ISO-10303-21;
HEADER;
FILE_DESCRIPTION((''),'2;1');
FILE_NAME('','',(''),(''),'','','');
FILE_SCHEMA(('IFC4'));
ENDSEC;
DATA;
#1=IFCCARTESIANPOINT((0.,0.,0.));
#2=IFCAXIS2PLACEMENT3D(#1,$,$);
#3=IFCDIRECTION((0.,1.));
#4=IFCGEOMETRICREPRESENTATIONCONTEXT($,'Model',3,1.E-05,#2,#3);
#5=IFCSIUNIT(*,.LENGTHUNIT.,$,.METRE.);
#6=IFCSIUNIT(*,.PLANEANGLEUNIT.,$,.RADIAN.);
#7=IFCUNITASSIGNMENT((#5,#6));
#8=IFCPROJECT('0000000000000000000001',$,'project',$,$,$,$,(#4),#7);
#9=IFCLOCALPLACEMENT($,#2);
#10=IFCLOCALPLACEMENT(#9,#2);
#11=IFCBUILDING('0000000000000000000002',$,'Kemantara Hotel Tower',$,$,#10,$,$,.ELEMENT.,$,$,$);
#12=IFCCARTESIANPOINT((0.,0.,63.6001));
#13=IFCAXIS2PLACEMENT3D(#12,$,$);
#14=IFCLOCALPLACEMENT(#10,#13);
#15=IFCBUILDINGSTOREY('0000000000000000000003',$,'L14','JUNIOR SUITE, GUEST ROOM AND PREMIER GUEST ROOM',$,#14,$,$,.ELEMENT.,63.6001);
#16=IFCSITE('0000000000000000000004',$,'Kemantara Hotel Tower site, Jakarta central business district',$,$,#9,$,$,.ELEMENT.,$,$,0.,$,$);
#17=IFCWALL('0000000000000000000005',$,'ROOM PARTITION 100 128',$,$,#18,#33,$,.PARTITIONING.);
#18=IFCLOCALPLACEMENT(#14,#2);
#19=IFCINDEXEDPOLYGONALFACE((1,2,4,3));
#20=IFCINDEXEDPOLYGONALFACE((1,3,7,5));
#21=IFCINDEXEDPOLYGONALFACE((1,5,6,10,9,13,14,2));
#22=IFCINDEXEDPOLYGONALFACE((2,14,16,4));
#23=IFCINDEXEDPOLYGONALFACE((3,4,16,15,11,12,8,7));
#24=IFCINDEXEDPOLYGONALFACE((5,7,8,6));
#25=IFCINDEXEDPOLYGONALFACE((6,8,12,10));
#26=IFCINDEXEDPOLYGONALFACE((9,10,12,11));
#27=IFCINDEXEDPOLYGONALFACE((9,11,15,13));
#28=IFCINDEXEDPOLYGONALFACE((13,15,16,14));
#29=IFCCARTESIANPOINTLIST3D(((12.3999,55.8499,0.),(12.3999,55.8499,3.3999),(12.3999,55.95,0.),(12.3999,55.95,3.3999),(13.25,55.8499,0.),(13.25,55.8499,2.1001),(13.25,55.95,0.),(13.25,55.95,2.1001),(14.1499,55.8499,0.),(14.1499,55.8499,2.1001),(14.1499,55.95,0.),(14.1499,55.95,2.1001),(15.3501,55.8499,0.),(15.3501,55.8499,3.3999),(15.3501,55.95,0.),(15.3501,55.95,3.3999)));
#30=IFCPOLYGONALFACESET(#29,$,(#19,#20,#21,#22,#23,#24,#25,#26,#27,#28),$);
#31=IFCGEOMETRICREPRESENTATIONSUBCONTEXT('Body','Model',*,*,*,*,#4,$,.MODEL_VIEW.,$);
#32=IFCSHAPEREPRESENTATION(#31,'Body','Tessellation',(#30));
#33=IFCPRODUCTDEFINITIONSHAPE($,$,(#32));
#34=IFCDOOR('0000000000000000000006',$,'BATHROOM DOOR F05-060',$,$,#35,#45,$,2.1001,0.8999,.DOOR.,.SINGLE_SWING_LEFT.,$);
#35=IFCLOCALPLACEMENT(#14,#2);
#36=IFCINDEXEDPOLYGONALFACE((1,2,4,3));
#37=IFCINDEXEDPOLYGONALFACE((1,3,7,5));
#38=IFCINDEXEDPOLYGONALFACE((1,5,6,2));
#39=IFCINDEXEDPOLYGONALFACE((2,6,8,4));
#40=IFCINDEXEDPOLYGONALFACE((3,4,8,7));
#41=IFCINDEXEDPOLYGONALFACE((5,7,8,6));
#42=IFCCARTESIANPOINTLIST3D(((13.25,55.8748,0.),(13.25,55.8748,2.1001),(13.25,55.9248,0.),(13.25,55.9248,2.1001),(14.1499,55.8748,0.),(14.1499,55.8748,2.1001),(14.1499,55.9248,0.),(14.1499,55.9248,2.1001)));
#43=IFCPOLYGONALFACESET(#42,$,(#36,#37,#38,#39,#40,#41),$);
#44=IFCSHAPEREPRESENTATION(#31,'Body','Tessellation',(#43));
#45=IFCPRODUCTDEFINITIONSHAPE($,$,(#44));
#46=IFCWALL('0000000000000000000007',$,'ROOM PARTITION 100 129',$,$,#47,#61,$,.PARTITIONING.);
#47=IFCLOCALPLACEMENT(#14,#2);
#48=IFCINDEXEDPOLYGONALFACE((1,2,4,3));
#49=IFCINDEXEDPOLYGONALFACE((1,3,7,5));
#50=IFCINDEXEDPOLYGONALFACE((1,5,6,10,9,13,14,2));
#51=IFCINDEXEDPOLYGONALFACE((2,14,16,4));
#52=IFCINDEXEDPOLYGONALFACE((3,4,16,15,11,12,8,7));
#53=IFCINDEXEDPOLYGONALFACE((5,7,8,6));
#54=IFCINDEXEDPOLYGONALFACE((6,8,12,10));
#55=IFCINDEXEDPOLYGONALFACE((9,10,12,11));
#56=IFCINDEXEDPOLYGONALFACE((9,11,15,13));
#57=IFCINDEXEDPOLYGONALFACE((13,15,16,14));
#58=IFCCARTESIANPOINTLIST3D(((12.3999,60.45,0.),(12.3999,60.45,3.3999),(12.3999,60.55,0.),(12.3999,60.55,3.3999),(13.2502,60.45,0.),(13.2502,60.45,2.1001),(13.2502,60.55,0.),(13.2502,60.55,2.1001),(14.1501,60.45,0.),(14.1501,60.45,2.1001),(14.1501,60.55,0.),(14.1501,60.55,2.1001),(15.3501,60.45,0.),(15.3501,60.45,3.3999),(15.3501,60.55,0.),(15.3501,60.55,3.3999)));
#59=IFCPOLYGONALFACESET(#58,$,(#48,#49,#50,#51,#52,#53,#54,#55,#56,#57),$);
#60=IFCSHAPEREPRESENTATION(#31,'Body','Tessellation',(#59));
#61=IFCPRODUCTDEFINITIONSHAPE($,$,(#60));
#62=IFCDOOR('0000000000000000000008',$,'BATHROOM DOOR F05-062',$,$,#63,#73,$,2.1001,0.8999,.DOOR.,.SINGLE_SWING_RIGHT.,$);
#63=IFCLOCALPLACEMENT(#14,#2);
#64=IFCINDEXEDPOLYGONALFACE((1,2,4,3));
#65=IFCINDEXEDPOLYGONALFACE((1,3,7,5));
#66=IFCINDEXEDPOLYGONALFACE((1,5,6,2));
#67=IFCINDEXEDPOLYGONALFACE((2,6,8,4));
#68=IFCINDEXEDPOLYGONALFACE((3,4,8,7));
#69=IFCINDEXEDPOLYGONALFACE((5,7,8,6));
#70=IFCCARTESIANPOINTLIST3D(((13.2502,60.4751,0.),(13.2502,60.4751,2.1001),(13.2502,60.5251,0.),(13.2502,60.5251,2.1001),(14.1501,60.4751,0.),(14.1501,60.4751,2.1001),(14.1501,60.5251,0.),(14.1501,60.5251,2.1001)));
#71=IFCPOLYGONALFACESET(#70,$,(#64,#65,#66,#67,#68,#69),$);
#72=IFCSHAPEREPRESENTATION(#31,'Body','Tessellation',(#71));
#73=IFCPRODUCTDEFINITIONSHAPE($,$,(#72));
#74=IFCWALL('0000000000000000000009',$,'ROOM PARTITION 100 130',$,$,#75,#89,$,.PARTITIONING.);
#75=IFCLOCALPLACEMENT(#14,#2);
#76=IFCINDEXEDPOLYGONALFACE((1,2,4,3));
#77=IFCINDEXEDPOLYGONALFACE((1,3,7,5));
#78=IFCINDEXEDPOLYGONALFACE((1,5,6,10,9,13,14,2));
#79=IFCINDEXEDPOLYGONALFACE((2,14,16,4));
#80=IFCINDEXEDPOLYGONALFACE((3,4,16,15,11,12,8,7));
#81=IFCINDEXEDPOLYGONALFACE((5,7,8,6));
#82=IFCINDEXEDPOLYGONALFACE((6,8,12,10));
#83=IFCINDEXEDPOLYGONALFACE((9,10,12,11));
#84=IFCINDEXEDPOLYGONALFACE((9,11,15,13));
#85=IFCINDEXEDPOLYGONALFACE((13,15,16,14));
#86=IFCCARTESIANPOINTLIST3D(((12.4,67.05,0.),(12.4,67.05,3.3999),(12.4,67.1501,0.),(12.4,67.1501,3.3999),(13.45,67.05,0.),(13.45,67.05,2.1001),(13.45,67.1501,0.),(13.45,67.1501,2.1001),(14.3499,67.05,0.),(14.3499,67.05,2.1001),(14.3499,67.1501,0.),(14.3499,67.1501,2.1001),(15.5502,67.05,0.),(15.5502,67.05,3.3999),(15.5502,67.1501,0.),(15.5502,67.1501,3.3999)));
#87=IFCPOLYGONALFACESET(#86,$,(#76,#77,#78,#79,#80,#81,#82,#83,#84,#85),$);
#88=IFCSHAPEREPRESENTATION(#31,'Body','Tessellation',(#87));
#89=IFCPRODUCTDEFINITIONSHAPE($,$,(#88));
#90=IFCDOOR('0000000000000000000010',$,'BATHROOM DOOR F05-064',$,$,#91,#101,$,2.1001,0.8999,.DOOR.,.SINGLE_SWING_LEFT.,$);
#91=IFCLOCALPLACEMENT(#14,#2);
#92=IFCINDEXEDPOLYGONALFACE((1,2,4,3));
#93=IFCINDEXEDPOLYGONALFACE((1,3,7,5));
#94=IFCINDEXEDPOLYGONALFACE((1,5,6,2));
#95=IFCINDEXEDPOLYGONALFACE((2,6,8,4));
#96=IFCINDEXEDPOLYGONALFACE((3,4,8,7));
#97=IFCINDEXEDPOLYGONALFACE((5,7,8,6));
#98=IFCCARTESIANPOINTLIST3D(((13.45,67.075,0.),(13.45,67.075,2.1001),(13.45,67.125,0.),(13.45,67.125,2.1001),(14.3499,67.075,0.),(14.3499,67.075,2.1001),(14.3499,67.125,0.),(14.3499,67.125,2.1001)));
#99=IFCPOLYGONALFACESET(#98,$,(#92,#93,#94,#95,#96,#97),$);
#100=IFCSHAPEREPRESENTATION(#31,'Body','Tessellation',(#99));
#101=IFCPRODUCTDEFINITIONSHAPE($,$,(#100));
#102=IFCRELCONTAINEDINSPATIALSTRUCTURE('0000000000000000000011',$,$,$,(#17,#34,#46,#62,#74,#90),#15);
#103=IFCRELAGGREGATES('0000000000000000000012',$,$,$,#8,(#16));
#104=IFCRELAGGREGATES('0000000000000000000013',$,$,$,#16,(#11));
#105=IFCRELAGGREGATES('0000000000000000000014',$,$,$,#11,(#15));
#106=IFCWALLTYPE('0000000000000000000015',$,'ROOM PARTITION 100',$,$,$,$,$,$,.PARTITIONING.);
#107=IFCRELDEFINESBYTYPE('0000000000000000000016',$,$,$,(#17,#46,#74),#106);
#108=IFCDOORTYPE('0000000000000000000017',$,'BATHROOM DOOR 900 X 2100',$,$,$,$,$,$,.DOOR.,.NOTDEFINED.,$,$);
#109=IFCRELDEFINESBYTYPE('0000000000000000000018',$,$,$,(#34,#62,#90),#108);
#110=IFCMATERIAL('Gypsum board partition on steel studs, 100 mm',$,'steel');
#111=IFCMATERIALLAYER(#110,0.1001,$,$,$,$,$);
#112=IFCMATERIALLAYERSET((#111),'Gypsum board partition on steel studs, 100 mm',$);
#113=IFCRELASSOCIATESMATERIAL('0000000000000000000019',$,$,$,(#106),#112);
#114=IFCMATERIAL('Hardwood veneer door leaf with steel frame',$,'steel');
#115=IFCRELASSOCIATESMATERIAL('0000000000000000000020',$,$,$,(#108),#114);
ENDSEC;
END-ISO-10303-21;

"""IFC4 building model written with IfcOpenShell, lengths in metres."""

from ifc_helpers import new_model, si_unit, direction, frame, frame_2d, origin, place, context, subcontext, project, spatial, rectangle, extrude, material, layer, layer_set, type_object, element, fill, save


model = new_model("IFC4")

# Units and contexts
model_context = context("Model", 3, precision=1e-05, world=origin(), true_north=direction((0.0, 1.0)))
body_context = subcontext(model_context, "Body", "Model", "MODEL_VIEW")
ifc_project = project(units=[si_unit("LENGTHUNIT", "METRE"), si_unit("PLANEANGLEUNIT", "RADIAN")], contexts=[model_context])

# Site, building, storey
site_placement = place(None, origin())
site = spatial("IfcSite", under=ifc_project, at=site_placement, Name="Kemantara Hotel Tower site, Jakarta central business district", CompositionType="ELEMENT", RefElevation=0.0)
building_placement = place(site_placement, origin())
building = spatial("IfcBuilding", under=site, at=building_placement, Name="Kemantara Hotel Tower", CompositionType="ELEMENT")
storey_placement = place(building_placement, frame((0.0, 0.0, 63.6001)))
storey = spatial("IfcBuildingStorey", under=building, at=storey_placement, Name="L14", Description="JUNIOR SUITE, GUEST ROOM AND PREMIER GUEST ROOM", CompositionType="ELEMENT", Elevation=63.6001)

# Shared definitions
ifc_material_1 = material(Name="Hardwood veneer door leaf with steel frame", Category="steel")

# Shared definitions
ifc_material_2 = material(Name="Gypsum board partition on steel studs, 100 mm", Category="steel")
ifc_layer_1 = layer(ifc_material_2, 0.1001)
ifc_layer_set_1 = layer_set([ifc_layer_1], Name="Gypsum board partition on steel studs, 100 mm")
wall_type_1 = type_object("IfcWallType", Name="ROOM PARTITION 100", PredefinedType="PARTITIONING", material=ifc_layer_set_1)

# Walls, openings, doors
wall_1_placement = place(storey_placement, frame((12.3999, 55.8999, 0.0), z_axis=(0.0, 0.0, 1.0), x_axis=(1.0, 0.0, 0.0)))
wall_1 = element("IfcWall", 1, at=wall_1_placement, inside=storey, type_object=wall_type_1, Name="ROOM PARTITION 100 128", PredefinedType="PARTITIONING", context=body_context, shape_type="SweptSolid", body=[
    extrude(rectangle(XDim=2.9502, YDim=0.1001, at=frame_2d((1.4751, 0.0))), origin(), (0.0, 0.0, 1.0), 3.3999),
])
opening_1_placement = place(wall_1_placement, frame((0.8501, 0.0, 0.0)))
opening_1 = element("IfcOpeningElement", 2, at=opening_1_placement, cuts=wall_1, PredefinedType="OPENING", context=body_context, shape_type="SweptSolid", body=[
    extrude(rectangle(XDim=0.8999, YDim=2.1001, at=frame_2d((0.45, 1.05))), frame((0.0, 0.0601, 0.0), z_axis=(0.0, -1.0, 0.0), x_axis=(1.0, 0.0, 0.0)), (0.0, 0.0, 1.0), 0.1201),
])
door_type_1 = type_object("IfcDoorType", Name="BATHROOM DOOR 900 X 2100", OperationType="NOTDEFINED", PredefinedType="DOOR", material=ifc_material_1)
door_1_placement = place(opening_1_placement, origin())
door_1 = element("IfcDoor", 3, at=door_1_placement, inside=storey, type_object=door_type_1, Name="BATHROOM DOOR F05-060", OperationType="SINGLE_SWING_LEFT", OverallHeight=2.1001, OverallWidth=0.8999, PredefinedType="DOOR", context=body_context, shape_type="SweptSolid", body=[
    extrude(rectangle(XDim=0.8999, YDim=2.1001, at=frame_2d((0.45, 1.05))), frame((0.0, 0.0249, 0.0), z_axis=(0.0, -1.0, 0.0), x_axis=(1.0, 0.0, 0.0)), (0.0, 0.0, 1.0), 0.05),
])
fill(opening_1, door_1)
wall_2_placement = place(storey_placement, frame((15.3501, 60.5, 0.0), z_axis=(0.0, 0.0, 1.0), x_axis=(-1.0, 0.0, 0.0)))
wall_2 = element("IfcWall", 4, at=wall_2_placement, inside=storey, type_object=wall_type_1, Name="ROOM PARTITION 100 129", PredefinedType="PARTITIONING", context=body_context, shape_type="SweptSolid", body=[
    extrude(rectangle(XDim=2.9502, YDim=0.1001, at=frame_2d((1.4751, 0.0))), origin(), (0.0, 0.0, 1.0), 3.3999),
])
opening_2_placement = place(wall_2_placement, frame((1.2, 0.0, 0.0)))
opening_2 = element("IfcOpeningElement", 5, at=opening_2_placement, cuts=wall_2, PredefinedType="OPENING", context=body_context, shape_type="SweptSolid", body=[
    extrude(rectangle(XDim=0.8999, YDim=2.1001, at=frame_2d((0.45, 1.05))), frame((0.0, 0.0601, 0.0), z_axis=(0.0, -1.0, 0.0), x_axis=(1.0, 0.0, 0.0)), (0.0, 0.0, 1.0), 0.1201),
])
door_2_placement = place(opening_2_placement, origin())
door_2 = element("IfcDoor", 6, at=door_2_placement, inside=storey, type_object=door_type_1, Name="BATHROOM DOOR F05-062", OperationType="SINGLE_SWING_RIGHT", OverallHeight=2.1001, OverallWidth=0.8999, PredefinedType="DOOR", context=body_context, shape_type="SweptSolid", body=[
    extrude(rectangle(XDim=0.8999, YDim=2.1001, at=frame_2d((0.45, 1.05))), frame((0.0, 0.0249, 0.0), z_axis=(0.0, -1.0, 0.0), x_axis=(1.0, 0.0, 0.0)), (0.0, 0.0, 1.0), 0.05),
])
fill(opening_2, door_2)
wall_3_placement = place(storey_placement, frame((12.3999, 67.1001, 0.0), z_axis=(0.0, 0.0, 1.0), x_axis=(1.0, 0.0, 0.0)))
wall_3 = element("IfcWall", 7, at=wall_3_placement, inside=storey, type_object=wall_type_1, Name="ROOM PARTITION 100 130", PredefinedType="PARTITIONING", context=body_context, shape_type="SweptSolid", body=[
    extrude(rectangle(XDim=3.1501, YDim=0.1001, at=frame_2d((1.5752, 0.0))), origin(), (0.0, 0.0, 1.0), 3.3999),
])
opening_3_placement = place(wall_3_placement, frame((1.05, 0.0, 0.0)))
opening_3 = element("IfcOpeningElement", 8, at=opening_3_placement, cuts=wall_3, PredefinedType="OPENING", context=body_context, shape_type="SweptSolid", body=[
    extrude(rectangle(XDim=0.8999, YDim=2.1001, at=frame_2d((0.45, 1.05))), frame((0.0, 0.0601, 0.0), z_axis=(0.0, -1.0, 0.0), x_axis=(1.0, 0.0, 0.0)), (0.0, 0.0, 1.0), 0.1201),
])
door_3_placement = place(opening_3_placement, origin())
door_3 = element("IfcDoor", 9, at=door_3_placement, inside=storey, type_object=door_type_1, Name="BATHROOM DOOR F05-064", OperationType="SINGLE_SWING_LEFT", OverallHeight=2.1001, OverallWidth=0.8999, PredefinedType="DOOR", context=body_context, shape_type="SweptSolid", body=[
    extrude(rectangle(XDim=0.8999, YDim=2.1001, at=frame_2d((0.45, 1.05))), frame((0.0, 0.0249, 0.0), z_axis=(0.0, -1.0, 0.0), x_axis=(1.0, 0.0, 0.0)), (0.0, 0.0, 1.0), 0.05),
])
fill(opening_3, door_3)

save(model, "model.ifc")
